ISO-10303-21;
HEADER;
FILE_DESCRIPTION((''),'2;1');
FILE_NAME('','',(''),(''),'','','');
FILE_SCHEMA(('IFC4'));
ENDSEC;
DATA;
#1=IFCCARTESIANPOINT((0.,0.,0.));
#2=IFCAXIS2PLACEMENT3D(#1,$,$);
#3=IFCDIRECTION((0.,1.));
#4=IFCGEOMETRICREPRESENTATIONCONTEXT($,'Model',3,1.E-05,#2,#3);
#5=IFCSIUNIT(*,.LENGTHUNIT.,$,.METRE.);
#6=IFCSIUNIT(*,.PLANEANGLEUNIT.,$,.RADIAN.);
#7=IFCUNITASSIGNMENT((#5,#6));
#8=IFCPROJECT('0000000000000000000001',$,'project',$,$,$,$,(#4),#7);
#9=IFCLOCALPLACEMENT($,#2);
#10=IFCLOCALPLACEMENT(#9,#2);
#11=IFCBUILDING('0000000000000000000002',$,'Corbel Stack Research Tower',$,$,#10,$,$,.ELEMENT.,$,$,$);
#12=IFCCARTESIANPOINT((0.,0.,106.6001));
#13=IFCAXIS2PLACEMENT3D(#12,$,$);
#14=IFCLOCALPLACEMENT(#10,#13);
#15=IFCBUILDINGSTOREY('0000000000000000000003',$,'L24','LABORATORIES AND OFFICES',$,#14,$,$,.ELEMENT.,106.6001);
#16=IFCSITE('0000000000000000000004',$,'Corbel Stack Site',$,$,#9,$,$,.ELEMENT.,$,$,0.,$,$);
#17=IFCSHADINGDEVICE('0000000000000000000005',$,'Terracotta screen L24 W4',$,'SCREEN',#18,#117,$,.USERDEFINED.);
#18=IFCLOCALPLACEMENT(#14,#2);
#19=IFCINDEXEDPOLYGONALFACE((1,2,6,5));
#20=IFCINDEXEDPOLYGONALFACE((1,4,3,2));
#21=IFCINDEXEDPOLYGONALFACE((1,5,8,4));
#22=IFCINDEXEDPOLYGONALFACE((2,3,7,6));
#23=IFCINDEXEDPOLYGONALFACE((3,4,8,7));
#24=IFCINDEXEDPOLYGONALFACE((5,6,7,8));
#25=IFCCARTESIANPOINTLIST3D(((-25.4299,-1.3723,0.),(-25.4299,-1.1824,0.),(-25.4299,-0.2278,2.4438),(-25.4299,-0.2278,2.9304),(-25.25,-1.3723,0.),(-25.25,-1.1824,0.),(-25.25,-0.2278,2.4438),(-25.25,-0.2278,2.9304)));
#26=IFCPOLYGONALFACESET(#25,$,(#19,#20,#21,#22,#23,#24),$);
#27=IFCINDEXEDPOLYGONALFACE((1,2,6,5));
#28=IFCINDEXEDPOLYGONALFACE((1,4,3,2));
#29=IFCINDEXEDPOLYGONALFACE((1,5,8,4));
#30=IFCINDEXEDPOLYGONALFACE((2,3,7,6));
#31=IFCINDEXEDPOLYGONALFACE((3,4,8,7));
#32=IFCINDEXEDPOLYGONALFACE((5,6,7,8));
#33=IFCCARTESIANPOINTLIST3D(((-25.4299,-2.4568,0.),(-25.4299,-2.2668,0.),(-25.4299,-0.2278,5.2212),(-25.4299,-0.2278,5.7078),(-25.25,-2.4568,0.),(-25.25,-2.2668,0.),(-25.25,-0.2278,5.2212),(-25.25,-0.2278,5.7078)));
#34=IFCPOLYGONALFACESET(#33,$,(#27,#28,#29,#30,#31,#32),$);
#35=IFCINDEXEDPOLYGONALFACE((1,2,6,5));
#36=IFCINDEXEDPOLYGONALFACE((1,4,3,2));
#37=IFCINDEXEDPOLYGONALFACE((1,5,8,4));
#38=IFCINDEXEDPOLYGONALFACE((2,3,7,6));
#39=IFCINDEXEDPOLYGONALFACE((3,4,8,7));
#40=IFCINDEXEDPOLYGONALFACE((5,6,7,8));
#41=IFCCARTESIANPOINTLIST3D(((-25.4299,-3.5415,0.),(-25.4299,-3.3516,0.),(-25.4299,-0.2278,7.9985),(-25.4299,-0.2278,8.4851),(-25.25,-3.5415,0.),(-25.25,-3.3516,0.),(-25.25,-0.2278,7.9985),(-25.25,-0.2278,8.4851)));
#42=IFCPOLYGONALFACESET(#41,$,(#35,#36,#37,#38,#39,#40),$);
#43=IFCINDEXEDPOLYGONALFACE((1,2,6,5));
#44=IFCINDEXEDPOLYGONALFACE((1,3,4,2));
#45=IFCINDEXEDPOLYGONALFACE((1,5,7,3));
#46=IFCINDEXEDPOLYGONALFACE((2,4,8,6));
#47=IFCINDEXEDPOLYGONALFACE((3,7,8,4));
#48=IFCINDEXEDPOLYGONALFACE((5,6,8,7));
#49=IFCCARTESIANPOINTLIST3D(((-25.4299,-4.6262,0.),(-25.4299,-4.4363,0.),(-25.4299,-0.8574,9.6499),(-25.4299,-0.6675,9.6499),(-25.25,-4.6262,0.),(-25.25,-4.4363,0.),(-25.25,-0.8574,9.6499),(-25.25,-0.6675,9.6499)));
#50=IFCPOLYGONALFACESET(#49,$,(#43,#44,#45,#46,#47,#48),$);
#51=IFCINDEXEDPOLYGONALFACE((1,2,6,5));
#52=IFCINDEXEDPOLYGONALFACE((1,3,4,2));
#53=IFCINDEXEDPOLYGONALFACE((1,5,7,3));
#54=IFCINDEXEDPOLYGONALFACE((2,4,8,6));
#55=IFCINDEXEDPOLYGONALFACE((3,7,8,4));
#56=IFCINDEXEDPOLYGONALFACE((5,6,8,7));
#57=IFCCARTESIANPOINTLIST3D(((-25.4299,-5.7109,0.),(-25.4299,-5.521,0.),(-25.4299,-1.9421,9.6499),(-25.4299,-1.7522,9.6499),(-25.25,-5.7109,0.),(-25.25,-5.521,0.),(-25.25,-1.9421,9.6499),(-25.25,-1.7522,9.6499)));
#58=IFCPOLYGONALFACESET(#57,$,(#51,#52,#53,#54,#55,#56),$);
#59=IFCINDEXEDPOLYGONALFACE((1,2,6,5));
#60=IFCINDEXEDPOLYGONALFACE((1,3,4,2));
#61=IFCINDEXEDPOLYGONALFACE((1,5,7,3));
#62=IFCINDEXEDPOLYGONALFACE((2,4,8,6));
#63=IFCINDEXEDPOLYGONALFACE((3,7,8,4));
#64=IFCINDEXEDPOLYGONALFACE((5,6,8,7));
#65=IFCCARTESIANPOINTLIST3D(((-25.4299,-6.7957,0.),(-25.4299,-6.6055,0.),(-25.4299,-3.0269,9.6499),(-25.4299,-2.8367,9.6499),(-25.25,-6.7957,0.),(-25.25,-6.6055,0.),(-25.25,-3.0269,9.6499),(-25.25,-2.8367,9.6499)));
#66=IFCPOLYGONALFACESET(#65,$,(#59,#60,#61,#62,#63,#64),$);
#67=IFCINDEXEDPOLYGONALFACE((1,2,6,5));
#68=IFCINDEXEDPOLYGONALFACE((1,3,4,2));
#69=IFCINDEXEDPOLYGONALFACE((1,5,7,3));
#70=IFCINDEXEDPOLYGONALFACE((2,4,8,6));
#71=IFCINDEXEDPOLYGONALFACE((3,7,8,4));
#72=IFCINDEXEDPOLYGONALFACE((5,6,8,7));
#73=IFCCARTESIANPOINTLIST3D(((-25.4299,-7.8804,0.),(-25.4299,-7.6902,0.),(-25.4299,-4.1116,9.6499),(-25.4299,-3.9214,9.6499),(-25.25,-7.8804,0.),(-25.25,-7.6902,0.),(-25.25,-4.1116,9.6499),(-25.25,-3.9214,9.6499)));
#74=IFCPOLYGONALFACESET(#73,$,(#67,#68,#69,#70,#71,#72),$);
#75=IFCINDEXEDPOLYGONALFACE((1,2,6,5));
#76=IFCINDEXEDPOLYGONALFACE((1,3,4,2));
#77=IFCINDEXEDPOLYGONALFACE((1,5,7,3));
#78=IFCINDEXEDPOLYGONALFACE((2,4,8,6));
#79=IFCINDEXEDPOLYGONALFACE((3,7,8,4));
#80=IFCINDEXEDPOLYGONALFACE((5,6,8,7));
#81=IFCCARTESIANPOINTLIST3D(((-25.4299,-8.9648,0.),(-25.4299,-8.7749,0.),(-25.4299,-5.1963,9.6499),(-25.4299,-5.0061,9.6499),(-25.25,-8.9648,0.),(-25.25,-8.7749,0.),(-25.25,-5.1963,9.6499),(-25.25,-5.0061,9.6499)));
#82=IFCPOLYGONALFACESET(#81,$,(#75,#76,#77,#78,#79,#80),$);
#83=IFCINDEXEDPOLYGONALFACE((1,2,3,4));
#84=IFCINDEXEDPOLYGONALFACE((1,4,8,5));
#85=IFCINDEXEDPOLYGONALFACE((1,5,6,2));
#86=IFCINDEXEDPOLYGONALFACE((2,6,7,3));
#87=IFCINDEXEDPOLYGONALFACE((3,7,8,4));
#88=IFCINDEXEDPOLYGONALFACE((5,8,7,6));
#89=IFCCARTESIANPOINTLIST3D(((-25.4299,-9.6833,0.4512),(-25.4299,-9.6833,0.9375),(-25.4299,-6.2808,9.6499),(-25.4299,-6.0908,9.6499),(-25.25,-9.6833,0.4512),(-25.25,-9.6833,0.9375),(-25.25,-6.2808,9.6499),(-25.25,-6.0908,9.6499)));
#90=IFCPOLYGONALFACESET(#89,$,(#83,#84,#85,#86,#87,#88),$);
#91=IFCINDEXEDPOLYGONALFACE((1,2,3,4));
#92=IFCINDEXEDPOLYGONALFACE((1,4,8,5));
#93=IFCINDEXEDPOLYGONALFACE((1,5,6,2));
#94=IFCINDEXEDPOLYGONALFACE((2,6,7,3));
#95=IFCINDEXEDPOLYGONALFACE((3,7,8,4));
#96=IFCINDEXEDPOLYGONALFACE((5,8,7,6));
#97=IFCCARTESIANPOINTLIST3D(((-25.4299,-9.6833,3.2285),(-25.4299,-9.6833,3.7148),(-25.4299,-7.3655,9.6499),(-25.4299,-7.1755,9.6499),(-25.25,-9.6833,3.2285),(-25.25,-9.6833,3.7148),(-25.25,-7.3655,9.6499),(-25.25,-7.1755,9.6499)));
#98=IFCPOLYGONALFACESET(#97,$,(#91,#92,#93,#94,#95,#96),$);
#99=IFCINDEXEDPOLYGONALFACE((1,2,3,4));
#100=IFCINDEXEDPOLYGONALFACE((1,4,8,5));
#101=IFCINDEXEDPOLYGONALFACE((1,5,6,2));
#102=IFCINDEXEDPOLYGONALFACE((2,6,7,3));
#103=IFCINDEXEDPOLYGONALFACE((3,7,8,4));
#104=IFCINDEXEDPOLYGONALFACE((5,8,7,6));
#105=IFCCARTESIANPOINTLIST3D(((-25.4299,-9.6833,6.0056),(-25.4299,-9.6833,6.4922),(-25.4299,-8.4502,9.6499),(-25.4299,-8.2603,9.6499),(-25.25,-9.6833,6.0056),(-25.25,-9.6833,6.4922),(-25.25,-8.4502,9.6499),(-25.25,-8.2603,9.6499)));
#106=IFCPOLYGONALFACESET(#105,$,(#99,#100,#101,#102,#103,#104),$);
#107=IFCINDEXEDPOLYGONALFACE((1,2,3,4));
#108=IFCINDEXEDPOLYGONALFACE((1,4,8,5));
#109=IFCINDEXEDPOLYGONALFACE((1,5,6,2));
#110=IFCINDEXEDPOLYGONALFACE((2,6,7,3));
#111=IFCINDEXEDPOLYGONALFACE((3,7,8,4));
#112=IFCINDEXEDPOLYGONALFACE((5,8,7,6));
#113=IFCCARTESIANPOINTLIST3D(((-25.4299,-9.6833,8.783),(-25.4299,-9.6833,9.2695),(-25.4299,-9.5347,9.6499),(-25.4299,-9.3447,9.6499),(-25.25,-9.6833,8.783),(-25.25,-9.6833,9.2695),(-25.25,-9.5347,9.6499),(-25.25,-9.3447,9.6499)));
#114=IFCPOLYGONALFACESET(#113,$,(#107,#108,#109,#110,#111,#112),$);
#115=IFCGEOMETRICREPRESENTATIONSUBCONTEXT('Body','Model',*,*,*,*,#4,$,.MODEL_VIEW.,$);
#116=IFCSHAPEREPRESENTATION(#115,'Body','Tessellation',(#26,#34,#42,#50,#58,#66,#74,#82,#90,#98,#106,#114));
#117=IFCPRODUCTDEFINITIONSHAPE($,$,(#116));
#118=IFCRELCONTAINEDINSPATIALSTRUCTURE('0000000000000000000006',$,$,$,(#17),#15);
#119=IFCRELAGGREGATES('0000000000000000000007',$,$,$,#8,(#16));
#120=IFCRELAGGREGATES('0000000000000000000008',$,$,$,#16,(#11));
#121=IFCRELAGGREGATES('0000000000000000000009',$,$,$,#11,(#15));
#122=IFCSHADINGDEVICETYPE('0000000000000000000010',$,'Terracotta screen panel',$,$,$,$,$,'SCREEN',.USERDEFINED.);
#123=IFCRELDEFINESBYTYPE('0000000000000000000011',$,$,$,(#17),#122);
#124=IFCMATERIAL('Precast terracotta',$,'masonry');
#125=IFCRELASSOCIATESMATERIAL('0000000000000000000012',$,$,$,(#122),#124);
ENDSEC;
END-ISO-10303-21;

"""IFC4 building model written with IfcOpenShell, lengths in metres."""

from ifc_helpers import new_model, si_unit, direction, frame, origin, place, context, subcontext, project, spatial, polyline, outline, extrude, source, transform, mapped, material, type_object, element, save


model = new_model("IFC4")

# Units and contexts
model_context = context("Model", 3, precision=1e-05, world=origin(), true_north=direction((0.0, 1.0)))
body_context = subcontext(model_context, "Body", "Model", "MODEL_VIEW")
ifc_project = project(units=[si_unit("LENGTHUNIT", "METRE"), si_unit("PLANEANGLEUNIT", "RADIAN")], contexts=[model_context])

# Site, building, storey
site_placement = place(None, origin())
site = spatial("IfcSite", under=ifc_project, at=site_placement, Name="Corbel Stack Site", CompositionType="ELEMENT", RefElevation=0.0)
building_placement = place(site_placement, origin())
building = spatial("IfcBuilding", under=site, at=building_placement, Name="Corbel Stack Research Tower", CompositionType="ELEMENT")
storey_placement = place(building_placement, frame((0.0, 0.0, 106.6001)))
storey = spatial("IfcBuildingStorey", under=building, at=storey_placement, Name="L24", Description="LABORATORIES AND OFFICES", CompositionType="ELEMENT", Elevation=106.6001)

# Shading device
ifc_material_1 = material(Name="Precast terracotta", Category="masonry")
shading_device_type = type_object("IfcShadingDeviceType", Name="Terracotta screen panel", ElementType="SCREEN", PredefinedType="USERDEFINED", material=ifc_material_1)
shared_shape_1 = source(origin(), body_context, "Body", "SweptSolid", [
    extrude(outline(polyline([(1.1445, 0.0), (0.0, 2.9304), (0.0, 2.4438), (0.9546, 0.0), (1.1445, 0.0)])), frame((0.0, 0.0, 0.0), z_axis=(0.0, -1.0, 0.0), x_axis=(1.0, 0.0, 0.0)), (0.0, 0.0, 1.0), 0.1799),
    extrude(outline(polyline([(2.229, 0.0), (0.0, 5.7078), (0.0, 5.2212), (2.0391, 0.0), (2.229, 0.0)])), frame((0.0, 0.0, 0.0), z_axis=(0.0, -1.0, 0.0), x_axis=(1.0, 0.0, 0.0)), (0.0, 0.0, 1.0), 0.1799),
    extrude(outline(polyline([(3.3137, 0.0), (0.0, 8.4851), (0.0, 7.9985), (3.1238, 0.0), (3.3137, 0.0)])), frame((0.0, 0.0, 0.0), z_axis=(0.0, -1.0, 0.0), x_axis=(1.0, 0.0, 0.0)), (0.0, 0.0, 1.0), 0.1799),
    extrude(outline(polyline([(4.3984, 0.0), (0.6296, 9.6499), (0.4397, 9.6499), (4.2085, 0.0), (4.3984, 0.0)])), frame((0.0, 0.0, 0.0), z_axis=(0.0, -1.0, 0.0), x_axis=(1.0, 0.0, 0.0)), (0.0, 0.0, 1.0), 0.1799),
    extrude(outline(polyline([(5.4832, 0.0), (1.7144, 9.6499), (1.5244, 9.6499), (5.2932, 0.0), (5.4832, 0.0)])), frame((0.0, 0.0, 0.0), z_axis=(0.0, -1.0, 0.0), x_axis=(1.0, 0.0, 0.0)), (0.0, 0.0, 1.0), 0.1799),
    extrude(outline(polyline([(6.5679, 0.0), (2.7991, 9.6499), (2.6089, 9.6499), (6.3777, 0.0), (6.5679, 0.0)])), frame((0.0, 0.0, 0.0), z_axis=(0.0, -1.0, 0.0), x_axis=(1.0, 0.0, 0.0)), (0.0, 0.0, 1.0), 0.1799),
    extrude(outline(polyline([(7.6526, 0.0), (3.8838, 9.6499), (3.6936, 9.6499), (7.4624, 0.0), (7.6526, 0.0)])), frame((0.0, 0.0, 0.0), z_axis=(0.0, -1.0, 0.0), x_axis=(1.0, 0.0, 0.0)), (0.0, 0.0, 1.0), 0.1799),
    extrude(outline(polyline([(8.7371, 0.0), (4.9685, 9.6499), (4.7783, 9.6499), (8.5471, 0.0), (8.7371, 0.0)])), frame((0.0, 0.0, 0.0), z_axis=(0.0, -1.0, 0.0), x_axis=(1.0, 0.0, 0.0)), (0.0, 0.0, 1.0), 0.1799),
    extrude(outline(polyline([(6.053, 9.6499), (5.863, 9.6499), (9.4556, 0.4512), (9.4556, 0.9375), (6.053, 9.6499)])), frame((0.0, 0.0, 0.0), z_axis=(0.0, -1.0, 0.0), x_axis=(1.0, 0.0, 0.0)), (0.0, 0.0, 1.0), 0.1799),
    extrude(outline(polyline([(7.1377, 9.6499), (6.9478, 9.6499), (9.4556, 3.2285), (9.4556, 3.7148), (7.1377, 9.6499)])), frame((0.0, 0.0, 0.0), z_axis=(0.0, -1.0, 0.0), x_axis=(1.0, 0.0, 0.0)), (0.0, 0.0, 1.0), 0.1799),
    extrude(outline(polyline([(8.2224, 9.6499), (8.0325, 9.6499), (9.4556, 6.0056), (9.4556, 6.4922), (8.2224, 9.6499)])), frame((0.0, 0.0, 0.0), z_axis=(0.0, -1.0, 0.0), x_axis=(1.0, 0.0, 0.0)), (0.0, 0.0, 1.0), 0.1799),
    extrude(outline(polyline([(9.3069, 9.6499), (9.1169, 9.6499), (9.4556, 8.783), (9.4556, 9.2695), (9.3069, 9.6499)])), frame((0.0, 0.0, 0.0), z_axis=(0.0, -1.0, 0.0), x_axis=(1.0, 0.0, 0.0)), (0.0, 0.0, 1.0), 0.1799),
])
shading_device_1_placement = place(storey_placement, frame((-25.25, -0.2278, 0.0), z_axis=(0.0, 0.0, 1.0), x_axis=(0.0, -1.0, 0.0)))
element("IfcShadingDevice", 1, at=shading_device_1_placement, inside=storey, type_object=shading_device_type, Name="Terracotta screen L24 W4", ObjectType="SCREEN", PredefinedType="USERDEFINED", context=body_context, shape_type="MappedRepresentation", body=[
    mapped(shared_shape_1, transform((0.0, 0.0, 0.0))),
])

save(model, "model.ifc")
